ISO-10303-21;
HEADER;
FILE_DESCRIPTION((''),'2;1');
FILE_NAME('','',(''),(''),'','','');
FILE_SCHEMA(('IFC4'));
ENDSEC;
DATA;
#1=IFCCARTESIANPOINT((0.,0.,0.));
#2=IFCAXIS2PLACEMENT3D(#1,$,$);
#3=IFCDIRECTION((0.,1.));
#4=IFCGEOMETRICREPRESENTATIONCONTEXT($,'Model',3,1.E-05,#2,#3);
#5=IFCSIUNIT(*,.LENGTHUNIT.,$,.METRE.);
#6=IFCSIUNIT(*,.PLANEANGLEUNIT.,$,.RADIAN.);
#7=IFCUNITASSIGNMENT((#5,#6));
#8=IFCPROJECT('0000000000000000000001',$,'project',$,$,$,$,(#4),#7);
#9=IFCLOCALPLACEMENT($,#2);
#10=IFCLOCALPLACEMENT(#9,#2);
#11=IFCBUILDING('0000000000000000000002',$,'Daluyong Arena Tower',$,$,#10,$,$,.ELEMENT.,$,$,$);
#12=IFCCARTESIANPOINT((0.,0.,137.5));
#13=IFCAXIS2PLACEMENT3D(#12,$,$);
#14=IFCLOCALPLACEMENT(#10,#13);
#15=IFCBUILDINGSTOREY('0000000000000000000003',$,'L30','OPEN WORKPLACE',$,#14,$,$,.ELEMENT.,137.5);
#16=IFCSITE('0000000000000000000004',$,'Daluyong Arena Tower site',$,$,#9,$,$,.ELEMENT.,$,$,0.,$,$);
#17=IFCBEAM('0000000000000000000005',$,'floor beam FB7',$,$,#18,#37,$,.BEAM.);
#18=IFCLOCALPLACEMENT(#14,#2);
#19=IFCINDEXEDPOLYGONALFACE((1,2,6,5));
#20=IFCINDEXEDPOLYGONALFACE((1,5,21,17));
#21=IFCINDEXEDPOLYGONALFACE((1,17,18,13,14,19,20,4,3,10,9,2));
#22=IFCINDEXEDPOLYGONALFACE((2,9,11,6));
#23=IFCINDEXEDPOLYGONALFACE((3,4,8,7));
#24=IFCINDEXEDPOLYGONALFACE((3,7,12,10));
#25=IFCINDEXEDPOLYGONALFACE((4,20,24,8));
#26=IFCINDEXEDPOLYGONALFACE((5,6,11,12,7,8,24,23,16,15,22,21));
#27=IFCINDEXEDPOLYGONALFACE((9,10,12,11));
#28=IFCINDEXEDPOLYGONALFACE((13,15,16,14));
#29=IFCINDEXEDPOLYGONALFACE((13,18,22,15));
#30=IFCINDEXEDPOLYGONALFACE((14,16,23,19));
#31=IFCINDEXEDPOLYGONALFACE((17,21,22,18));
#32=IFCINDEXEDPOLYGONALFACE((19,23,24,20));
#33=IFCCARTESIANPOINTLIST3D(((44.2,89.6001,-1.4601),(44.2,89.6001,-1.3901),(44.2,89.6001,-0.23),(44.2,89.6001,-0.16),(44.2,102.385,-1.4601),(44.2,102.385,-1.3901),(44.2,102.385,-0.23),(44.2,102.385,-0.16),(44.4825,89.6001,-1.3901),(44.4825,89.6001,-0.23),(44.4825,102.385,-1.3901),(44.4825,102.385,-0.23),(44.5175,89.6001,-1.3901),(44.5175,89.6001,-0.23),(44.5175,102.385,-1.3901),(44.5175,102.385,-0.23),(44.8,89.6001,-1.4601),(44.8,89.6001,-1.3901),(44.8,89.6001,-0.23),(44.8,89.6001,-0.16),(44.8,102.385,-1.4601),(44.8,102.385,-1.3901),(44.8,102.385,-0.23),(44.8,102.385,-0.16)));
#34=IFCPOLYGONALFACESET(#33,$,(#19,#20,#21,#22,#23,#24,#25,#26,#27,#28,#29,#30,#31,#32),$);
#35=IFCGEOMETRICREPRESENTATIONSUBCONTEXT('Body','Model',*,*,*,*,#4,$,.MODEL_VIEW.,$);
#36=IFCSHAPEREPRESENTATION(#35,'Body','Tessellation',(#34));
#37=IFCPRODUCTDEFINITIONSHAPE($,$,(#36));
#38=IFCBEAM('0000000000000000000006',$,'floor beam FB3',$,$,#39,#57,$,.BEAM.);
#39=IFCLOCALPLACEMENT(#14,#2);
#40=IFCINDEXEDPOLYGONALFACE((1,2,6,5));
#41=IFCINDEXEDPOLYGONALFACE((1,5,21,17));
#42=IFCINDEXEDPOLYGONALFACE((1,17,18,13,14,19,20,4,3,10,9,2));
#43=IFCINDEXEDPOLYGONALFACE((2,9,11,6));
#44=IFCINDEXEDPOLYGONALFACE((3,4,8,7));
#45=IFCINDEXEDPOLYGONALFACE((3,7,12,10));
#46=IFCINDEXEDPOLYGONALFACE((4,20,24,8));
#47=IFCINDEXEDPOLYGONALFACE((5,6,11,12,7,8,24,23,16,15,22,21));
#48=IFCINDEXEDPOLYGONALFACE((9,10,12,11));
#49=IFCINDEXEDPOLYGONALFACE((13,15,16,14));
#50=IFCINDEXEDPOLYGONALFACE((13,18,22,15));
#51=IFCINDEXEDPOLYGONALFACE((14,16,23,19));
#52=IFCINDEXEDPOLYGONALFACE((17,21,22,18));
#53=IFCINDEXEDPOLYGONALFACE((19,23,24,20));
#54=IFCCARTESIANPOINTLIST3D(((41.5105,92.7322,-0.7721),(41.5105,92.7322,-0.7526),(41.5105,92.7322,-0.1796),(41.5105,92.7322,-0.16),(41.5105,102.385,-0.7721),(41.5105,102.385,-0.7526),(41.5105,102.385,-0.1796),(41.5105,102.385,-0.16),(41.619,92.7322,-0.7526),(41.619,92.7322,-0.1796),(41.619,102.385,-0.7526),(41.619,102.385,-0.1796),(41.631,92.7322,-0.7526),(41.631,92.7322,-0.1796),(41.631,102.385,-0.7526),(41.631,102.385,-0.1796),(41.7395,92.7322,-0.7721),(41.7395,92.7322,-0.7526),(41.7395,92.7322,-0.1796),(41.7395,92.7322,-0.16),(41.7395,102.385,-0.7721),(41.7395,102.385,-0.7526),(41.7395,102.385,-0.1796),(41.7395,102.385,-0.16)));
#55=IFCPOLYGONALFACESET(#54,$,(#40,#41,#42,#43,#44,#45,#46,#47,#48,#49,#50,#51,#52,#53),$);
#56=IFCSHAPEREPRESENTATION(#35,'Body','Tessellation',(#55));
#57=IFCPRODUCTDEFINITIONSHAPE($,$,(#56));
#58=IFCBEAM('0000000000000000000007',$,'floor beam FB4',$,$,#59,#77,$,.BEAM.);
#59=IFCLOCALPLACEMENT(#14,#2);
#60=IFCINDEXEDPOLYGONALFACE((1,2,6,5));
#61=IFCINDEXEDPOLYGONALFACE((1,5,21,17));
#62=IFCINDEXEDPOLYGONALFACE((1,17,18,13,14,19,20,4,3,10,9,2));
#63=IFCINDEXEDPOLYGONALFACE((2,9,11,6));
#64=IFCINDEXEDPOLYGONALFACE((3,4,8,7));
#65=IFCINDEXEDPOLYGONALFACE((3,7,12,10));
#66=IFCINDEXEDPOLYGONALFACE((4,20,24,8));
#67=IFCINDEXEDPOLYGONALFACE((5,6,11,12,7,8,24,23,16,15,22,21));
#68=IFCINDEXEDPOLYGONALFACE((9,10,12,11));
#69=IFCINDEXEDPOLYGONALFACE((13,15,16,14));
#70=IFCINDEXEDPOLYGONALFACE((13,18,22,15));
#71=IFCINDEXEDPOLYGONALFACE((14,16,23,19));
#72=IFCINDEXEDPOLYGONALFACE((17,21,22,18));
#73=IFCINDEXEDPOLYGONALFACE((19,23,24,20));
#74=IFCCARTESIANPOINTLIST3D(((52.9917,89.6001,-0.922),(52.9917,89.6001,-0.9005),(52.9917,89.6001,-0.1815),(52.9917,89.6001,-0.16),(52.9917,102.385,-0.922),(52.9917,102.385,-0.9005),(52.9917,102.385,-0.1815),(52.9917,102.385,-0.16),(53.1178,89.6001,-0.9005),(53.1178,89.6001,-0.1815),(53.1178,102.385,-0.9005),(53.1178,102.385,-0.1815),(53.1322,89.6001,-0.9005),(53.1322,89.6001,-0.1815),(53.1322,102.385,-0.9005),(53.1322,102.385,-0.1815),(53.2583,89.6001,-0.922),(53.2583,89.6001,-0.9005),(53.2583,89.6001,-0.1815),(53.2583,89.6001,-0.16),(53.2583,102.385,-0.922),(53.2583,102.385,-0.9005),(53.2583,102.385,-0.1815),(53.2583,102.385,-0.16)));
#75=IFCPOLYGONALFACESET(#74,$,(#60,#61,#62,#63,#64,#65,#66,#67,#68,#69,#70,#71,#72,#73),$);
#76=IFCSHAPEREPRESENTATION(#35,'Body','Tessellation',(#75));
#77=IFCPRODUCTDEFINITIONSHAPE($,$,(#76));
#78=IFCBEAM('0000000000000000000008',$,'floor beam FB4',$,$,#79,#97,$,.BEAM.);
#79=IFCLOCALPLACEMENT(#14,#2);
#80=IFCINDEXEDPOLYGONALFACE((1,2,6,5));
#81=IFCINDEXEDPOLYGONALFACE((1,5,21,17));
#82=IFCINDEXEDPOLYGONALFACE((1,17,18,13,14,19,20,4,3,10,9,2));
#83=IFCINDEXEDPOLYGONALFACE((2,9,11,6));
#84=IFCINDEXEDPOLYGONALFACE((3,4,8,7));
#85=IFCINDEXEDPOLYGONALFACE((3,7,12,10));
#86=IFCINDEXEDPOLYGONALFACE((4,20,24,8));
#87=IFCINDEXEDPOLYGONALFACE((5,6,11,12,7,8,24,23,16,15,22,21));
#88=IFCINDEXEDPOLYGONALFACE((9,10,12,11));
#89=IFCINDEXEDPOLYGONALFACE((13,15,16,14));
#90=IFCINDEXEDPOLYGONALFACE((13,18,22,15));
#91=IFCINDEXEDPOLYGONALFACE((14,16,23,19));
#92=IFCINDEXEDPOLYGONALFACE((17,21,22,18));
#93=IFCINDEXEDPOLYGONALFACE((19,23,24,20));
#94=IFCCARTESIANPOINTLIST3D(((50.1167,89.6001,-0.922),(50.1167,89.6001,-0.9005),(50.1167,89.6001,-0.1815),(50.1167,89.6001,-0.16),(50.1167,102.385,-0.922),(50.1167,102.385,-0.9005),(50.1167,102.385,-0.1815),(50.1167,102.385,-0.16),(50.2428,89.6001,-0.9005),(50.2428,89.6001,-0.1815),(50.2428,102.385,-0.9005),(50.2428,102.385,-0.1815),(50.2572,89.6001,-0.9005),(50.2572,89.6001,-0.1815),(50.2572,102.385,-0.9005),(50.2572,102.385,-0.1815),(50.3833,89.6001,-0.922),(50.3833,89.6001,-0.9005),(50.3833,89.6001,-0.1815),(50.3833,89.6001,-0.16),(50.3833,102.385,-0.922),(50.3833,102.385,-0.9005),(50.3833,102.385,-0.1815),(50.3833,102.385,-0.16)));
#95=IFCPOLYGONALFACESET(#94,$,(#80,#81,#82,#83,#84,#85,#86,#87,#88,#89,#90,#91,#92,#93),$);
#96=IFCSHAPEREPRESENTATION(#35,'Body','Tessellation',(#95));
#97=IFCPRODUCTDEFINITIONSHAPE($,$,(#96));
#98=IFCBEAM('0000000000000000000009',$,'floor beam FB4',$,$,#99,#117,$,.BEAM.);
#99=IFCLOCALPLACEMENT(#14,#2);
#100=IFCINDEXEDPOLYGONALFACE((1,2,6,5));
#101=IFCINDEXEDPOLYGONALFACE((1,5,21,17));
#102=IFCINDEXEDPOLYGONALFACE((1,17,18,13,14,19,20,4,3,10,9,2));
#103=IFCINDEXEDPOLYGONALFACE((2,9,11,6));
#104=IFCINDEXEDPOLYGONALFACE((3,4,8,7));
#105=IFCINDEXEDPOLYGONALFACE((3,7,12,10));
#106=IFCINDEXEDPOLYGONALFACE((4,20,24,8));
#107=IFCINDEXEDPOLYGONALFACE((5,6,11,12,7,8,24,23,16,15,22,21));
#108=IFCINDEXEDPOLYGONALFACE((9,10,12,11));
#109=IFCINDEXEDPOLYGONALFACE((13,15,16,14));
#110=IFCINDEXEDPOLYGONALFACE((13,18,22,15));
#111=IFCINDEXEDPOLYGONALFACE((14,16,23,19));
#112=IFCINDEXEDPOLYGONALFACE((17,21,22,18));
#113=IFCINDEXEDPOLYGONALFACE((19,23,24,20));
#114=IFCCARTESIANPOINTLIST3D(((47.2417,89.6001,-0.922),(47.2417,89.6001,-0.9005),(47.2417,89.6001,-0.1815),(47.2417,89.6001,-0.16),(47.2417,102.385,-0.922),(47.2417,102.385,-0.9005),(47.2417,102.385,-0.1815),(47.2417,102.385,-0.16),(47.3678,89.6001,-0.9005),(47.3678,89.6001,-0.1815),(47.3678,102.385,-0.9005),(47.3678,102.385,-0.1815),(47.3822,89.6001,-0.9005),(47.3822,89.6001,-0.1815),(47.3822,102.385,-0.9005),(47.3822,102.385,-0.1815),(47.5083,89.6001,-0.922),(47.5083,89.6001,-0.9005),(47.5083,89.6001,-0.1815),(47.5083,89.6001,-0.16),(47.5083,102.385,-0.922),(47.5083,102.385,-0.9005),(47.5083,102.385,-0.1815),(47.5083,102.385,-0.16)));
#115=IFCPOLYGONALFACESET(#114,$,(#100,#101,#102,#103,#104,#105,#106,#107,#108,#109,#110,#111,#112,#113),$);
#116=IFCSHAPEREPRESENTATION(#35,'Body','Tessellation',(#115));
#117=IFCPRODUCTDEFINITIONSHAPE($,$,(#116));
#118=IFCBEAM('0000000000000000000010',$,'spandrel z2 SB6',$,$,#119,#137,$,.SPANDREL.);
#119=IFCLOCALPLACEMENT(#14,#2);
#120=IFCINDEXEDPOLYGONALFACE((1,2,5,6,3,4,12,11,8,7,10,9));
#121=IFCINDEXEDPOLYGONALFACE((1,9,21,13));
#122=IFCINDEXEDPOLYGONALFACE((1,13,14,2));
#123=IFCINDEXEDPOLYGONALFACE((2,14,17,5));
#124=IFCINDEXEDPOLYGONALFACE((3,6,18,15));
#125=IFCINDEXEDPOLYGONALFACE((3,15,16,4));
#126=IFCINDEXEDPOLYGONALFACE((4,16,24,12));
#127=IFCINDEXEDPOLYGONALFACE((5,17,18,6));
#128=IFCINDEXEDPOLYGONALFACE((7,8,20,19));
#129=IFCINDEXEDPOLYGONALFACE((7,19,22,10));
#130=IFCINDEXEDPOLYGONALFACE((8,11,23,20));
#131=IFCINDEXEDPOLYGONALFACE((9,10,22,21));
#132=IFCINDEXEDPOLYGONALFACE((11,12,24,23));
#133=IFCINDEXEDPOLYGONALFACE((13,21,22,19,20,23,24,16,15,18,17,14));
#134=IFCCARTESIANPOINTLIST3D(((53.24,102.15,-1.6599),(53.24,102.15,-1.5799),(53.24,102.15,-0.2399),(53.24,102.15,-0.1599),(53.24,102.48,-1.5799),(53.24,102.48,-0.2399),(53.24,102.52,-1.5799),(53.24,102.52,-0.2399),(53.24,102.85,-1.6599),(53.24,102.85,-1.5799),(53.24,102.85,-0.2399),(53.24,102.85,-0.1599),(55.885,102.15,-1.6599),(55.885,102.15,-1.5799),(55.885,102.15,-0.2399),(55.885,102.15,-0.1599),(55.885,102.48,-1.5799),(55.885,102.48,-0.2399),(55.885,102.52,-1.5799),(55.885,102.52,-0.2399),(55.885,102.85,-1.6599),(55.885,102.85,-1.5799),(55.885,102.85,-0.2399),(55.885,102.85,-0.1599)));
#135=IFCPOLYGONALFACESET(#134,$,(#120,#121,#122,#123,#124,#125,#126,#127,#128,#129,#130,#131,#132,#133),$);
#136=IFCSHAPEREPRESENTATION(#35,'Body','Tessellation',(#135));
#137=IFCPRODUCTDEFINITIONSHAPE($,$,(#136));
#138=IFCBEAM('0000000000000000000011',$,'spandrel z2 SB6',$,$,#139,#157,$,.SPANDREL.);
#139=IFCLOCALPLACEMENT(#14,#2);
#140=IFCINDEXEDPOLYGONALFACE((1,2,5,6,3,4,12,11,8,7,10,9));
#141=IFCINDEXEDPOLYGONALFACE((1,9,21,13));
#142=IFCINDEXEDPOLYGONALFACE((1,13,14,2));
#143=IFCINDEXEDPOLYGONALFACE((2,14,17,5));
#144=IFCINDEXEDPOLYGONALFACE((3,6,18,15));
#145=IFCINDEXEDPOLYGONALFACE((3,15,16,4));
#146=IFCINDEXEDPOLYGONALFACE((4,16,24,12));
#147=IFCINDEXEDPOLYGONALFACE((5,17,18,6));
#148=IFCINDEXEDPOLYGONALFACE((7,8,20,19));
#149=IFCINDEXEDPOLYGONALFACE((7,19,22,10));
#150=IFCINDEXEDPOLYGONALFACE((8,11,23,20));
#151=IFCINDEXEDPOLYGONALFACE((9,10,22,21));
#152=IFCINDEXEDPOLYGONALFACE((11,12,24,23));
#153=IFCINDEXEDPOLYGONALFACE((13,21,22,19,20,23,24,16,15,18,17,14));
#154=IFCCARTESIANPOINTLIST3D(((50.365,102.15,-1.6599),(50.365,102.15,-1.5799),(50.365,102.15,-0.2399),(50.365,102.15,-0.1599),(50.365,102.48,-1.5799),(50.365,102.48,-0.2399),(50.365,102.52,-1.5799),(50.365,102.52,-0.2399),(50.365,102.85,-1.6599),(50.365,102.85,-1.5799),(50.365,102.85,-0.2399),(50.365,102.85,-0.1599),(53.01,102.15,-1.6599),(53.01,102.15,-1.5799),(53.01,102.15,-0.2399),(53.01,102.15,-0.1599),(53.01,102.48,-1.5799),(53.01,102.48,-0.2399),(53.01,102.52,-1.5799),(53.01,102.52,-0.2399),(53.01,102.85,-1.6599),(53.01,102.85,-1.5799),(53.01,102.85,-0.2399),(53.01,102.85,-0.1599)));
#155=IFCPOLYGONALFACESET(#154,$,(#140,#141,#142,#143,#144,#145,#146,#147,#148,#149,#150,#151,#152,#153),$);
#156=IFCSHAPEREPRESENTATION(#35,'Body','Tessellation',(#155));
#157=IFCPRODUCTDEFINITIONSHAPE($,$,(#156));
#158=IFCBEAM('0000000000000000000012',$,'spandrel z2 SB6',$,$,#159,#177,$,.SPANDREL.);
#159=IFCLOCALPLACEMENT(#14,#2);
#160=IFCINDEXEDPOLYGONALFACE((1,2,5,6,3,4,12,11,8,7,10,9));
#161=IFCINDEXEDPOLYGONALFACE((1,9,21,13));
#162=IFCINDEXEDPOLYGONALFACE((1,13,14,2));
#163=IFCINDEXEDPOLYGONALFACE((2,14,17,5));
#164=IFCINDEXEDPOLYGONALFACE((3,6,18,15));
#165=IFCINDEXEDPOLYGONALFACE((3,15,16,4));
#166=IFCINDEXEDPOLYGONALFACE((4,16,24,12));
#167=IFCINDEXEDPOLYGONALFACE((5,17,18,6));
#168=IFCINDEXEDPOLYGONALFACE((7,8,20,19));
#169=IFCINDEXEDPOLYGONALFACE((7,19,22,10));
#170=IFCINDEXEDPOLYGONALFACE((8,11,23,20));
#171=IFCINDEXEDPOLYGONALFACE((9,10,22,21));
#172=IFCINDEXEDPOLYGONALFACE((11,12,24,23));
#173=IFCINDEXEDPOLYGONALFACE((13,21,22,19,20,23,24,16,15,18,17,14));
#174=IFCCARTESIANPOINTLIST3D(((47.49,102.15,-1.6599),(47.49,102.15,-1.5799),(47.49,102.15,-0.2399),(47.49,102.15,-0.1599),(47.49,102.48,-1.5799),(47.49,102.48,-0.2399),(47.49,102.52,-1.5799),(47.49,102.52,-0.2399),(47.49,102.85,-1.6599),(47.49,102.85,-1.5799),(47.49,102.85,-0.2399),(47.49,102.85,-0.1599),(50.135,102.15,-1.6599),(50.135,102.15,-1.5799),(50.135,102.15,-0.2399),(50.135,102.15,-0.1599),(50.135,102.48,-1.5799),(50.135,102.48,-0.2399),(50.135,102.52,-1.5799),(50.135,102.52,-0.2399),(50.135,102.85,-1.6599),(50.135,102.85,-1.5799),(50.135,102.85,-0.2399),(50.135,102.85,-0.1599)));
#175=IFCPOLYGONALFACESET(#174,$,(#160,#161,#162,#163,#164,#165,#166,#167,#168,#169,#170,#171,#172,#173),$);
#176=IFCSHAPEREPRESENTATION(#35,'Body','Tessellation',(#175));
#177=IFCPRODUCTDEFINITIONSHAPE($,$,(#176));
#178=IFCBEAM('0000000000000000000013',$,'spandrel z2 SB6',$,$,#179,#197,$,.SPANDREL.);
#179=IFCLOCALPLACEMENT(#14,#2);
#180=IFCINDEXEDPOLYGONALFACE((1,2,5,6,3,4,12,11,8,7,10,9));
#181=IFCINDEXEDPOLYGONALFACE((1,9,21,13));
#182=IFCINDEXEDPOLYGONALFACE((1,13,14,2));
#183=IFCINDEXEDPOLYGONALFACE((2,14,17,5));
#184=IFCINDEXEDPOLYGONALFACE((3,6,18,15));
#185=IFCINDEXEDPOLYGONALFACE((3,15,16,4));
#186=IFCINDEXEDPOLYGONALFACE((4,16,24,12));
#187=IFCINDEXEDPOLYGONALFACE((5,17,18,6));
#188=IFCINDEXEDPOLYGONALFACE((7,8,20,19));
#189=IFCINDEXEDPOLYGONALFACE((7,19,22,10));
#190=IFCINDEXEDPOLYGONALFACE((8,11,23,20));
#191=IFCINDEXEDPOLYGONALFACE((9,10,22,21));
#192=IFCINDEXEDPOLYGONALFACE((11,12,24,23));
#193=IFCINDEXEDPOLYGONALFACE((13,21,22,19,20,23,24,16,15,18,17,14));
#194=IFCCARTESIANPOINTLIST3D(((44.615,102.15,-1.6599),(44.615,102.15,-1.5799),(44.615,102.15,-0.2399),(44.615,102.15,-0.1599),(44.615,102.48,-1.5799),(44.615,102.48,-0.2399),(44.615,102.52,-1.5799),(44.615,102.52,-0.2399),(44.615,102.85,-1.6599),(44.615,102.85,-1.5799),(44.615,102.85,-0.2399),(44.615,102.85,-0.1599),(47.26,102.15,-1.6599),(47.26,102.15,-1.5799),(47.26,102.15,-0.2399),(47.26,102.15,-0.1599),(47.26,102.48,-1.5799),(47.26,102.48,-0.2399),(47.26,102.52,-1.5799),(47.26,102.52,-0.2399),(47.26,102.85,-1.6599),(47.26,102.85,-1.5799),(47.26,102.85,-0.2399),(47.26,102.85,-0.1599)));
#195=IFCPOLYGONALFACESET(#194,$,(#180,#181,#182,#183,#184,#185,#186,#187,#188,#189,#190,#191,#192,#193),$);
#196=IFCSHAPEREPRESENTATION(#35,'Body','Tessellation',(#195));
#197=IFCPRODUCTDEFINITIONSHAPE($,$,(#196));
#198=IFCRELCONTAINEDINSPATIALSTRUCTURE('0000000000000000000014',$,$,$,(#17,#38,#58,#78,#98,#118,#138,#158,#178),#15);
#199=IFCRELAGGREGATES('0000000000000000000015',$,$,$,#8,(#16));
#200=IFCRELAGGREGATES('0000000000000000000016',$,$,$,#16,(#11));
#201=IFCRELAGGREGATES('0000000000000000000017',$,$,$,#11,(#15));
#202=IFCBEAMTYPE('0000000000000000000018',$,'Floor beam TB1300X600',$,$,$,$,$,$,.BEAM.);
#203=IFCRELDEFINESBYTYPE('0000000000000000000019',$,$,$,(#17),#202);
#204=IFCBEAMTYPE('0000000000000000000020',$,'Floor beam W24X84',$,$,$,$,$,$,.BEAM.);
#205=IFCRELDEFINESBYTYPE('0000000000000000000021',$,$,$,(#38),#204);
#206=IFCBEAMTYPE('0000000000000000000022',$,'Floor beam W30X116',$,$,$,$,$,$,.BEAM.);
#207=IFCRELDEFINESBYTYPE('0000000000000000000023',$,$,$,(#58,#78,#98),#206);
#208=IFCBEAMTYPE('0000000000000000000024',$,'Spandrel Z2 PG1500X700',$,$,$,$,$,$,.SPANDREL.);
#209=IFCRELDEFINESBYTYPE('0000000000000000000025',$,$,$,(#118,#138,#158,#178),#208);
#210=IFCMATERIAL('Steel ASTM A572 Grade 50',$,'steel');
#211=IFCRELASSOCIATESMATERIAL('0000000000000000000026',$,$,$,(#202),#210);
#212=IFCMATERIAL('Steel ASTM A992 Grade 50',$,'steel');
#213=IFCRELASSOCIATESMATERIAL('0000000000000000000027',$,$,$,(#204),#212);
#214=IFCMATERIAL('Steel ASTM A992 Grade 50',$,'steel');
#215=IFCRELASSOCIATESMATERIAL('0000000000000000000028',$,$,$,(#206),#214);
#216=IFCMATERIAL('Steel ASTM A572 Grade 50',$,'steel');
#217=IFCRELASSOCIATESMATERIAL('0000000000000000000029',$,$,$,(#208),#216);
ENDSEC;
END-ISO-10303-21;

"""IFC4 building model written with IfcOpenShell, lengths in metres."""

from ifc_helpers import new_model, si_unit, direction, frame, origin, origin_2d, place, context, subcontext, project, spatial, i_section, extrude, material, material_profile, profile_set, type_object, element, save


model = new_model("IFC4")

# Units and contexts
model_context = context("Model", 3, precision=1e-05, world=origin(), true_north=direction((0.0, 1.0)))
body_context = subcontext(model_context, "Body", "Model", "MODEL_VIEW")
ifc_project = project(units=[si_unit("LENGTHUNIT", "METRE"), si_unit("PLANEANGLEUNIT", "RADIAN")], contexts=[model_context])

# Site, building, storey
site_placement = place(None, origin())
site = spatial("IfcSite", under=ifc_project, at=site_placement, Name="Daluyong Arena Tower site", CompositionType="ELEMENT", RefElevation=0.0)
building_placement = place(site_placement, origin())
building = spatial("IfcBuilding", under=site, at=building_placement, Name="Daluyong Arena Tower", CompositionType="ELEMENT")
storey_placement = place(building_placement, frame((0.0, 0.0, 137.5)))
storey = spatial("IfcBuildingStorey", under=building, at=storey_placement, Name="L30", Description="OPEN WORKPLACE", CompositionType="ELEMENT", Elevation=137.5)

# Beams
ifc_material_1 = material(Name="Steel ASTM A572 Grade 50", Category="steel")
ifc_material_profile_1 = material_profile(ifc_material_1, i_section(OverallWidth=0.6001, OverallDepth=1.3, WebThickness=0.035, FlangeThickness=0.07, at=origin_2d()))
ifc_profile_set_1 = profile_set([ifc_material_profile_1], Name="Steel ASTM A572 Grade 50")
beam_type_1 = type_object("IfcBeamType", Name="Floor beam TB1300X600", PredefinedType="BEAM", material=ifc_profile_set_1)
beam_1_placement = place(storey_placement, frame((44.5, 102.385, -0.8101), z_axis=(0.0, -1.0, 0.0), x_axis=(1.0, 0.0, 0.0)))
element("IfcBeam", 1, at=beam_1_placement, inside=storey, type_object=beam_type_1, Name="floor beam FB7", PredefinedType="BEAM", context=body_context, shape_type="SweptSolid", body=[
    extrude(i_section(OverallWidth=0.6001, OverallDepth=1.3, WebThickness=0.035, FlangeThickness=0.07, at=origin_2d()), origin(), (0.0, 0.0, 1.0), 12.7849),
])
ifc_material_2 = material(Name="Steel ASTM A992 Grade 50", Category="steel")
ifc_material_profile_2 = material_profile(ifc_material_2, i_section(OverallWidth=0.229, OverallDepth=0.6121, WebThickness=0.012, FlangeThickness=0.0195, at=origin_2d()))
ifc_profile_set_2 = profile_set([ifc_material_profile_2], Name="Steel ASTM A992 Grade 50")
beam_type_2 = type_object("IfcBeamType", Name="Floor beam W24X84", PredefinedType="BEAM", material=ifc_profile_set_2)
beam_2_placement = place(storey_placement, frame((41.625, 102.385, -0.4661), z_axis=(0.0, -1.0, 0.0), x_axis=(1.0, 0.0, 0.0)))
element("IfcBeam", 2, at=beam_2_placement, inside=storey, type_object=beam_type_2, Name="floor beam FB3", PredefinedType="BEAM", context=body_context, shape_type="SweptSolid", body=[
    extrude(i_section(OverallWidth=0.229, OverallDepth=0.6121, WebThickness=0.012, FlangeThickness=0.0195, at=origin_2d()), origin(), (0.0, 0.0, 1.0), 9.6528),
])
ifc_material_3 = material(Name="Steel ASTM A992 Grade 50", Category="steel")
ifc_material_profile_3 = material_profile(ifc_material_3, i_section(OverallWidth=0.2666, OverallDepth=0.762, WebThickness=0.0144, FlangeThickness=0.0215, at=origin_2d()))
ifc_profile_set_3 = profile_set([ifc_material_profile_3], Name="Steel ASTM A992 Grade 50")
beam_type_3 = type_object("IfcBeamType", Name="Floor beam W30X116", PredefinedType="BEAM", material=ifc_profile_set_3)
for number, where, z_axis, x_axis, name in (
    (3, (53.125, 102.385, -0.541), (0.0, -1.0, 0.0), (1.0, 0.0, 0.0), "floor beam FB4"),
    (4, (50.25, 102.385, -0.541), (0.0, -1.0, 0.0), (1.0, 0.0, 0.0), "floor beam FB4"),
    (5, (47.375, 102.385, -0.541), (0.0, -1.0, 0.0), (1.0, 0.0, 0.0), "floor beam FB4"),
):
    element("IfcBeam", number, at=place(storey_placement, frame(where, z_axis=z_axis, x_axis=x_axis)), inside=storey, type_object=beam_type_3, Name=name, PredefinedType="BEAM", context=body_context, shape_type="SweptSolid", body=[
        extrude(i_section(OverallWidth=0.2666, OverallDepth=0.762, WebThickness=0.0144, FlangeThickness=0.0215, at=origin_2d()), origin(), (0.0, 0.0, 1.0), 12.7849),
    ])
ifc_material_4 = material(Name="Steel ASTM A572 Grade 50", Category="steel")
ifc_material_profile_4 = material_profile(ifc_material_4, i_section(OverallWidth=0.7, OverallDepth=1.5, WebThickness=0.04, FlangeThickness=0.08, at=origin_2d()))
ifc_profile_set_4 = profile_set([ifc_material_profile_4], Name="Steel ASTM A572 Grade 50")
beam_type_4 = type_object("IfcBeamType", Name="Spandrel Z2 PG1500X700", PredefinedType="SPANDREL", material=ifc_profile_set_4)
for number, where, z_axis, x_axis, name in (
    (6, (55.885, 102.5, -0.9099), (-1.0, 0.0, 0.0), (0.0, -1.0, 0.0), "spandrel z2 SB6"),
    (7, (53.01, 102.5, -0.9099), (-1.0, 0.0, 0.0), (0.0, -1.0, 0.0), "spandrel z2 SB6"),
    (8, (50.135, 102.5, -0.9099), (-1.0, 0.0, 0.0), (0.0, -1.0, 0.0), "spandrel z2 SB6"),
    (9, (47.26, 102.5, -0.9099), (-1.0, 0.0, 0.0), (0.0, -1.0, 0.0), "spandrel z2 SB6"),
):
    element("IfcBeam", number, at=place(storey_placement, frame(where, z_axis=z_axis, x_axis=x_axis)), inside=storey, type_object=beam_type_4, Name=name, PredefinedType="SPANDREL", context=body_context, shape_type="SweptSolid", body=[
        extrude(i_section(OverallWidth=0.7, OverallDepth=1.5, WebThickness=0.04, FlangeThickness=0.08, at=origin_2d()), origin(), (0.0, 0.0, 1.0), 2.645),
    ])

save(model, "model.ifc")
